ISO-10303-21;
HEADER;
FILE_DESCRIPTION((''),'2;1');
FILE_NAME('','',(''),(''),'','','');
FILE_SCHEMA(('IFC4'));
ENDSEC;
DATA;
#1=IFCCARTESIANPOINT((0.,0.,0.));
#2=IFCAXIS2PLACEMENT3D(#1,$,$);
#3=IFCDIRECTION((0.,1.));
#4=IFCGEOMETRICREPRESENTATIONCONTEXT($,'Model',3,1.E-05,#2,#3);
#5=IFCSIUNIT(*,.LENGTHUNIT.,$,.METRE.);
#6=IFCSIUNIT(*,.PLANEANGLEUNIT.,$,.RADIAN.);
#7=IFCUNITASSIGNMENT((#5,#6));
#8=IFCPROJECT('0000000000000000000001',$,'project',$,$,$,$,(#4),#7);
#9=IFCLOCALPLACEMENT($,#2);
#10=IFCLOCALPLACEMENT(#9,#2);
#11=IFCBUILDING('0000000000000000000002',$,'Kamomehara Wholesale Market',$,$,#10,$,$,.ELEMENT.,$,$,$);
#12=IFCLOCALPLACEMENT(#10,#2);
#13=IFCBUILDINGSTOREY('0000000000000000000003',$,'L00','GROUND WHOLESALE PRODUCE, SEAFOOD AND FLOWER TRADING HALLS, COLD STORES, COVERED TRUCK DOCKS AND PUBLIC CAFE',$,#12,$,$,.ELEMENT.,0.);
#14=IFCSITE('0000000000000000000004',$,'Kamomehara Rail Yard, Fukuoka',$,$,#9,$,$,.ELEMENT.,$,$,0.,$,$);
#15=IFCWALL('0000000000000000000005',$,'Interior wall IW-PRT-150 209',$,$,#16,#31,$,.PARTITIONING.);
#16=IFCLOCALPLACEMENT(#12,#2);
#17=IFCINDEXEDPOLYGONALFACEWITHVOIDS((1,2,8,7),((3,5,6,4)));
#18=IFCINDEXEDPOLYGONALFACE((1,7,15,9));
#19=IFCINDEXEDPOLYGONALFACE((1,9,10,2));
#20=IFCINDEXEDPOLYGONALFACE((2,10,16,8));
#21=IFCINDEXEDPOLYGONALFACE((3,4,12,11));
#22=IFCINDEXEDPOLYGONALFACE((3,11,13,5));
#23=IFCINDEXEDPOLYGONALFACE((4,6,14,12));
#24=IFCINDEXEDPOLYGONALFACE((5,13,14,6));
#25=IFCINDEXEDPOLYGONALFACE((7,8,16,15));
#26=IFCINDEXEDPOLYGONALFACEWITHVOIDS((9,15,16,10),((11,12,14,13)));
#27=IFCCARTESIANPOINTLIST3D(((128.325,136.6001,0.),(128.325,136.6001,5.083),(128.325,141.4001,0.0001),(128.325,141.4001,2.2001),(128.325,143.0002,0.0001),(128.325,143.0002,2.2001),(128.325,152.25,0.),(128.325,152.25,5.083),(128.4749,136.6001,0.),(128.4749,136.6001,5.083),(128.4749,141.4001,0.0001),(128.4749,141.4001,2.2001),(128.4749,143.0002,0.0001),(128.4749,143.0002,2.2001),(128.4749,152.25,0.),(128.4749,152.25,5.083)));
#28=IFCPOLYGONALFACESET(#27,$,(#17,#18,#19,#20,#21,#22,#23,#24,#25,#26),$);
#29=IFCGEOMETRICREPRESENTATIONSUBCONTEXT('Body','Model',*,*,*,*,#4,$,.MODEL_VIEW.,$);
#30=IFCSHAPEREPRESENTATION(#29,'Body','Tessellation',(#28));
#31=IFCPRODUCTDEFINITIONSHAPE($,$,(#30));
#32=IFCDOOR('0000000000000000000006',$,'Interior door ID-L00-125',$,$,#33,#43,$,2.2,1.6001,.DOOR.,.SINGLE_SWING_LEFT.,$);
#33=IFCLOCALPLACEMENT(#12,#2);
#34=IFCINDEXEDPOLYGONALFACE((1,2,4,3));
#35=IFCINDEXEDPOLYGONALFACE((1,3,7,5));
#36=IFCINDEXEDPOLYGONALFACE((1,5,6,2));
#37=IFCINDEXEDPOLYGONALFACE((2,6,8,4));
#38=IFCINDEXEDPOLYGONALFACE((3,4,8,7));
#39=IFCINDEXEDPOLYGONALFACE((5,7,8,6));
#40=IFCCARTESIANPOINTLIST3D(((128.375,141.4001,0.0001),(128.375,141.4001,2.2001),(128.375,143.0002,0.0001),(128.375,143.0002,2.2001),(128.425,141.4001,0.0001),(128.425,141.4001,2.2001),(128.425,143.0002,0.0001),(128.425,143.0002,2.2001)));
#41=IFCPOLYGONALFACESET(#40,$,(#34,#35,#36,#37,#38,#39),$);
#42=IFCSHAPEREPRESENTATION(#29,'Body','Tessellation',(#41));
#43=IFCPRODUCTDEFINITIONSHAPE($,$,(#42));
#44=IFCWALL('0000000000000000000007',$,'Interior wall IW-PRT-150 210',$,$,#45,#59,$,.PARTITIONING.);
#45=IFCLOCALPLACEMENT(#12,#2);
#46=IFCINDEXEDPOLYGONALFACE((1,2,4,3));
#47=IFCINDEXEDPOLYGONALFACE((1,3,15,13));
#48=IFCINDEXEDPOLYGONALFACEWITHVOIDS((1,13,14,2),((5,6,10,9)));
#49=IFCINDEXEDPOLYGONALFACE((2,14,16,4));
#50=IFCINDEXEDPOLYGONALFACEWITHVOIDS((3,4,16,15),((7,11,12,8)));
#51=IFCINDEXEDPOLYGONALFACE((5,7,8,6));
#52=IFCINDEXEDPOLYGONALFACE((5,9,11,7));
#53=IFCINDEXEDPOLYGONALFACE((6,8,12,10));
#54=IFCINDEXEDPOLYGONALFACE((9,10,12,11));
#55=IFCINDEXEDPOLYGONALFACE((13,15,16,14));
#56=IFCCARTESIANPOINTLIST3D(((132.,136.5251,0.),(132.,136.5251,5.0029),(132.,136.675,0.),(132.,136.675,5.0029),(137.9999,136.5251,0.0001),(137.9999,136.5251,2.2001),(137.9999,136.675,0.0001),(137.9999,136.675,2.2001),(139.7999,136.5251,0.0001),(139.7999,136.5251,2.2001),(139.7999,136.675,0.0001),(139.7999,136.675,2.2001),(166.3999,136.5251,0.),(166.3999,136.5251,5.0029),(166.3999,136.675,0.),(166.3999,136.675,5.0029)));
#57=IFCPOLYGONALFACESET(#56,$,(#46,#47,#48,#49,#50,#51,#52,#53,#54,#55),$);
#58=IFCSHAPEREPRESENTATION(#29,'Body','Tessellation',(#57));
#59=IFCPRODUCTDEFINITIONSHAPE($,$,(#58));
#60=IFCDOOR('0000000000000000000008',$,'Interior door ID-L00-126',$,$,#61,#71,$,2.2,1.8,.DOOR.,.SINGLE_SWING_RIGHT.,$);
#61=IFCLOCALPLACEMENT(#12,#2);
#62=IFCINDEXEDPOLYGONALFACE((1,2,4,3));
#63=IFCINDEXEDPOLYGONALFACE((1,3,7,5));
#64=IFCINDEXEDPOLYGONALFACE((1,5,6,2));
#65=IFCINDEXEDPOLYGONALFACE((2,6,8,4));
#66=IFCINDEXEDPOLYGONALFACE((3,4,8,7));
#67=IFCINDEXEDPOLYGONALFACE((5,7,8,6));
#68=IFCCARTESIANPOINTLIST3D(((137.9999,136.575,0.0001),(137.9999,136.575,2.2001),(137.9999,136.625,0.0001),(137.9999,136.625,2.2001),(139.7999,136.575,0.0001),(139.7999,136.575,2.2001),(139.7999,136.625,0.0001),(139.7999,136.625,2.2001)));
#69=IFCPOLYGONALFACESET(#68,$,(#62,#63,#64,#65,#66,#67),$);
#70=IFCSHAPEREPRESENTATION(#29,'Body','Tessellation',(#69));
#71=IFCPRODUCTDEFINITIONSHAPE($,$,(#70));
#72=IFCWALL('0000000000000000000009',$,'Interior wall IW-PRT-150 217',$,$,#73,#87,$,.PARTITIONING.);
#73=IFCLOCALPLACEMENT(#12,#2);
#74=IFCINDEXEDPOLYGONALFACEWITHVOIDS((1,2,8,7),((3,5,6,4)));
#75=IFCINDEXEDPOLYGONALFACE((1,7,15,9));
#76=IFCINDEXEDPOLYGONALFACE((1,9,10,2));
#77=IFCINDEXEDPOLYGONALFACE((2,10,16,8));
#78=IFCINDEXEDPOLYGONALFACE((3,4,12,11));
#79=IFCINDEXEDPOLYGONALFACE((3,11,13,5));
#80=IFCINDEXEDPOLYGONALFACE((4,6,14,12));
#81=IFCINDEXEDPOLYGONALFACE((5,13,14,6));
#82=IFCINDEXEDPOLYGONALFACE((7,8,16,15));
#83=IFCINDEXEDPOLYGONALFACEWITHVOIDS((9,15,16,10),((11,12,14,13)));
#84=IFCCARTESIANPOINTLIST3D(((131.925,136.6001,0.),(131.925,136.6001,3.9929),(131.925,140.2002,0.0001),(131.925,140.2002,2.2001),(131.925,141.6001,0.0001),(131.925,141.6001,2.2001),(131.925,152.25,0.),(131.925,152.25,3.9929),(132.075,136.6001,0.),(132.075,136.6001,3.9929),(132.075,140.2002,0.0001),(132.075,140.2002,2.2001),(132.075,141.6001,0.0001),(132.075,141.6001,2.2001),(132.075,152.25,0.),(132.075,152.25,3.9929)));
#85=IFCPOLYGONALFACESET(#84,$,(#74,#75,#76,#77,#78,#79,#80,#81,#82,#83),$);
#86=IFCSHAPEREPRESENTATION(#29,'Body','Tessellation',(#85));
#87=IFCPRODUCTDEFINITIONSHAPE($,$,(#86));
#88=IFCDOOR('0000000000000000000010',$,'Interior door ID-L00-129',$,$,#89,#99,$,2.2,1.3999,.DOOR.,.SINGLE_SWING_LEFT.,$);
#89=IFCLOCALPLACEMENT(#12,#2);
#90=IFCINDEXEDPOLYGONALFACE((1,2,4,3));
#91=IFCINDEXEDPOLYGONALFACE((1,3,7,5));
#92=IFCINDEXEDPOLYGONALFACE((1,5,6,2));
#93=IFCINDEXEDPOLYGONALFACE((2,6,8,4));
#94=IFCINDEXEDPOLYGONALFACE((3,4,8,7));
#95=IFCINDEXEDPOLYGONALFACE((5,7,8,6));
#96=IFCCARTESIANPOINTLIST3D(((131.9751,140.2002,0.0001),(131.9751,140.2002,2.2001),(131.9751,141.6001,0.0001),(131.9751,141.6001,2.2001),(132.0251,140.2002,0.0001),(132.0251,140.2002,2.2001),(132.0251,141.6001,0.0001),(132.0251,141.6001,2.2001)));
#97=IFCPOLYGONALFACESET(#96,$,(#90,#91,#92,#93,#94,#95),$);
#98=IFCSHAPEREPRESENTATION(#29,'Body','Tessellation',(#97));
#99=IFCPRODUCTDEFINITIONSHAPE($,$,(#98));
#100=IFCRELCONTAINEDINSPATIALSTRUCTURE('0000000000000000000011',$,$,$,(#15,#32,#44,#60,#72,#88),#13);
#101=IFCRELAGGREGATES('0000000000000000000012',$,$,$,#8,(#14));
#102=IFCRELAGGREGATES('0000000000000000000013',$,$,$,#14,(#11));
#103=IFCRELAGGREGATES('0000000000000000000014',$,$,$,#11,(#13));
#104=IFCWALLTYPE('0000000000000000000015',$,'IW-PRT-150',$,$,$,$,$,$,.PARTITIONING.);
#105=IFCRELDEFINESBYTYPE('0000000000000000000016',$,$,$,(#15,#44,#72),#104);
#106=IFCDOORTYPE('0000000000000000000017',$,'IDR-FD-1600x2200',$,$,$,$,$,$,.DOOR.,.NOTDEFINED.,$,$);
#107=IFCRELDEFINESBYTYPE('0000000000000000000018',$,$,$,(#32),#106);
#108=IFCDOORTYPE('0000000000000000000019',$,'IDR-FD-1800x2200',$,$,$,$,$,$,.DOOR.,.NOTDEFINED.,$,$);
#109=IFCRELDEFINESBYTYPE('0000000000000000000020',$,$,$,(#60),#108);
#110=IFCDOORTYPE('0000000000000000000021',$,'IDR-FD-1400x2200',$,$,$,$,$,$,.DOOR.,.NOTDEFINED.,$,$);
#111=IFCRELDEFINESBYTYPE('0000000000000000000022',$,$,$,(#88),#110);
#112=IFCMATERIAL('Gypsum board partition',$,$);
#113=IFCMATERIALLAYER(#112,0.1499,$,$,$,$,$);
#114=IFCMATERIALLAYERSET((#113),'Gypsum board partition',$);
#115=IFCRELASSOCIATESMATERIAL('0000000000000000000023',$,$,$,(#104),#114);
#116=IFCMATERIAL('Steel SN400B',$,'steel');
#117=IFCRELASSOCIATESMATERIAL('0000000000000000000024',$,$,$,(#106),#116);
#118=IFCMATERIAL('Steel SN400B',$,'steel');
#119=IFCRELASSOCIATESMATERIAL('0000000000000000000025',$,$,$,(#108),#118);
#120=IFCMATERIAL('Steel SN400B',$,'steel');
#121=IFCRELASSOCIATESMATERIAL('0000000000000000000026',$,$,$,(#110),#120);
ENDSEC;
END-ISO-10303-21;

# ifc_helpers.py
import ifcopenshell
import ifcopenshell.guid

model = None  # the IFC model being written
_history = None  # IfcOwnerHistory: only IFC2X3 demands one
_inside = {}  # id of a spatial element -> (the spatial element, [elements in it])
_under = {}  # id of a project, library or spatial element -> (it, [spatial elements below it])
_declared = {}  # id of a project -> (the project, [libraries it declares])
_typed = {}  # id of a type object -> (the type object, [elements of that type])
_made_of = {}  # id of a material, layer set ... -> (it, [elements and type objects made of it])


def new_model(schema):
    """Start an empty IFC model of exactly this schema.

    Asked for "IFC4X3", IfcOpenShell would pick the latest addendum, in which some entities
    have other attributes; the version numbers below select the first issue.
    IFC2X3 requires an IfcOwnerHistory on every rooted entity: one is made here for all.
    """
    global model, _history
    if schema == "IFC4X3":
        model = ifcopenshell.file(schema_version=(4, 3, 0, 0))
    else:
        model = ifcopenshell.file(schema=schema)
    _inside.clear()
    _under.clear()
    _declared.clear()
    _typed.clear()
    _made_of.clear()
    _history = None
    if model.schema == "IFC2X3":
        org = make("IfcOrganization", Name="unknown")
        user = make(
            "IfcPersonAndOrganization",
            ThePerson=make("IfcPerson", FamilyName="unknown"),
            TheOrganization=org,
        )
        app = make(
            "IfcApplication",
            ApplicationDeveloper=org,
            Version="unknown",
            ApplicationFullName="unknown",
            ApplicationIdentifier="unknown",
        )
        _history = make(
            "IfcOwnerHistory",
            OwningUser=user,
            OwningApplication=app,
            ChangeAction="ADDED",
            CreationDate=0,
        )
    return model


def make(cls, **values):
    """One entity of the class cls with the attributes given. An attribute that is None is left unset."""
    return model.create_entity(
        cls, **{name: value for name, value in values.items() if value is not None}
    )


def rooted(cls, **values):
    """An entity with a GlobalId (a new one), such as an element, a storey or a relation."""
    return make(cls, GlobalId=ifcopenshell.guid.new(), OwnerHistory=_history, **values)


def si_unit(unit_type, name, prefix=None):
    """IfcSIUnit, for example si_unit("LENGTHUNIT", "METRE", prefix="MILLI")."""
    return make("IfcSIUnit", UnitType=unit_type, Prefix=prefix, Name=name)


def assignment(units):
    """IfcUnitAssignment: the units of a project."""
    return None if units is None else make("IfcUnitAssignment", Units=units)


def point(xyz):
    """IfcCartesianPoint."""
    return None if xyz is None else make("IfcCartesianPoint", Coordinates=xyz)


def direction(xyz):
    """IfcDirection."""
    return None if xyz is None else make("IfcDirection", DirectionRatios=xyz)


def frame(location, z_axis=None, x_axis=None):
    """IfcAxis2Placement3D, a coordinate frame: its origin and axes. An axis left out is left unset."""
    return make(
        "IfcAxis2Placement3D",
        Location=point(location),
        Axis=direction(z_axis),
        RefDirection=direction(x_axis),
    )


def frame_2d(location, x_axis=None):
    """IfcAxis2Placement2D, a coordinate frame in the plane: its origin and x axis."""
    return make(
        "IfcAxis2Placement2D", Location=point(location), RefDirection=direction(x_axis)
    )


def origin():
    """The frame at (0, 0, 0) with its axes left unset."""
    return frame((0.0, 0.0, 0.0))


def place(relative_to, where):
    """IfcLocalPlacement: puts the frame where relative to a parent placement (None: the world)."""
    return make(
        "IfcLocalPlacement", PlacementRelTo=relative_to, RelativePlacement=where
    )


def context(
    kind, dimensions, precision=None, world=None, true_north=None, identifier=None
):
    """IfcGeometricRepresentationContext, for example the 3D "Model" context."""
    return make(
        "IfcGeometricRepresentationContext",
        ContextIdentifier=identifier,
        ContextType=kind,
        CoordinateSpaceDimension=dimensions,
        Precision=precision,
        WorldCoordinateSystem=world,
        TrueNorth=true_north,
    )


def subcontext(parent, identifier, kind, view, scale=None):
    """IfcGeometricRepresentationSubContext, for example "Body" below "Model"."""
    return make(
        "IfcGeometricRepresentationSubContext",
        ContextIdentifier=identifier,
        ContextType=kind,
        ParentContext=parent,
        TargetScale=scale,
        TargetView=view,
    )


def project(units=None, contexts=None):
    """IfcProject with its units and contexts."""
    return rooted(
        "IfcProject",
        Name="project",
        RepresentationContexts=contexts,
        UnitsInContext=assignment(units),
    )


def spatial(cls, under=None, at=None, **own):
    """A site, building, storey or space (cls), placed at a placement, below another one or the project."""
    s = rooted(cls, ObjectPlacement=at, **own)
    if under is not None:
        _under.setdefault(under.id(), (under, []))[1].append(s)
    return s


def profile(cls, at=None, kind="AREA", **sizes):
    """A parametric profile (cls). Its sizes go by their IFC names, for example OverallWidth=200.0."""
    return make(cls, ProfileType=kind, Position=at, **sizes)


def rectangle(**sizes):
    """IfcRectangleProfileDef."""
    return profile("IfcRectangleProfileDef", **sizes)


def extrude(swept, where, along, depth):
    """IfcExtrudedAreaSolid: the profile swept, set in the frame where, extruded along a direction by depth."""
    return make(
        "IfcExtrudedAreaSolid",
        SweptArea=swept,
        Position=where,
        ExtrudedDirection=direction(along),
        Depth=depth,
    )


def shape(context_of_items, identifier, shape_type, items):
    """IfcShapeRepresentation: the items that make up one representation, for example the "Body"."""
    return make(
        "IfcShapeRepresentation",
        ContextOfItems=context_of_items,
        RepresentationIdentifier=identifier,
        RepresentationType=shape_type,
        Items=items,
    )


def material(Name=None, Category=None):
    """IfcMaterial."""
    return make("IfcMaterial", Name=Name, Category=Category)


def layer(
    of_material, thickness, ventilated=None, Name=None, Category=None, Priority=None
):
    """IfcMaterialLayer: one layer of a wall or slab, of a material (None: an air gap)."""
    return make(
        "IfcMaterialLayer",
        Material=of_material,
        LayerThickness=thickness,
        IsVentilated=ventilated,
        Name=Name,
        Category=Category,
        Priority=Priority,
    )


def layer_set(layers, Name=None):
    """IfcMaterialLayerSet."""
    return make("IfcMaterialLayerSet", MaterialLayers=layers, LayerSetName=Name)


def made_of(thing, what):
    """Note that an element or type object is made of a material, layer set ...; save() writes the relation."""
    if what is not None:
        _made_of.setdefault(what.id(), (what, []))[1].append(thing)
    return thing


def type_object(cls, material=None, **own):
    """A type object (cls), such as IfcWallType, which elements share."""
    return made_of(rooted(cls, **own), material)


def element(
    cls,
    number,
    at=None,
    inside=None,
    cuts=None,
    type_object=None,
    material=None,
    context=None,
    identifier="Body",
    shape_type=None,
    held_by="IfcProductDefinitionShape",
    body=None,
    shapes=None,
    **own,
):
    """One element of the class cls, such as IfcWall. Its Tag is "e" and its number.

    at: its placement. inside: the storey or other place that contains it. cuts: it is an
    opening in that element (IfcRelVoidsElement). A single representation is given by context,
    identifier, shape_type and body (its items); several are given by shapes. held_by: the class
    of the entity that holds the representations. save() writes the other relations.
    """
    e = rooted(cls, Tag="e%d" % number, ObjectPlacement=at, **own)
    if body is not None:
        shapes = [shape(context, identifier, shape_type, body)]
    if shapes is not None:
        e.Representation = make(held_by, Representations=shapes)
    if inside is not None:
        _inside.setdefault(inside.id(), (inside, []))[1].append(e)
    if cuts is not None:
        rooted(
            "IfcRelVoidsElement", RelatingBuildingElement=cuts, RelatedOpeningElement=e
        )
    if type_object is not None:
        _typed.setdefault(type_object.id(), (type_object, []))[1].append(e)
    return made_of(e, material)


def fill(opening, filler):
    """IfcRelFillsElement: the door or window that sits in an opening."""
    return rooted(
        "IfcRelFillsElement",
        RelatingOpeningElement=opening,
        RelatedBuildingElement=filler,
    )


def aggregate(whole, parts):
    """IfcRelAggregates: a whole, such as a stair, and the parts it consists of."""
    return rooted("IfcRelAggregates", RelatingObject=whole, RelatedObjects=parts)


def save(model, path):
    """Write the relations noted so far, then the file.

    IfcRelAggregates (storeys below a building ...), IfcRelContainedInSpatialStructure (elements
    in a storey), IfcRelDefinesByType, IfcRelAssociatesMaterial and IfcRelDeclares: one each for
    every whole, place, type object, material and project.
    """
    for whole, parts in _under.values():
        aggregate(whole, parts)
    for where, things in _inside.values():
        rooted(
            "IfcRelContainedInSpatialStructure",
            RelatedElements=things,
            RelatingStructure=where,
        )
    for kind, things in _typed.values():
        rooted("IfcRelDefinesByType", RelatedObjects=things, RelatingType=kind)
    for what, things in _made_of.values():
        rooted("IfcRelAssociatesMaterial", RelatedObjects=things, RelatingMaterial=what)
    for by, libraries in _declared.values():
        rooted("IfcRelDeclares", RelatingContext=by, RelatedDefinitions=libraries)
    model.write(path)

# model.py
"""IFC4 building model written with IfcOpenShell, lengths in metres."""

from ifc_helpers import new_model, si_unit, direction, frame, frame_2d, origin, place, context, subcontext, project, spatial, rectangle, extrude, material, layer, layer_set, type_object, element, fill, save


model = new_model("IFC4")

# Units and contexts
model_context = context("Model", 3, precision=1e-05, world=origin(), true_north=direction((0.0, 1.0)))
body_context = subcontext(model_context, "Body", "Model", "MODEL_VIEW")
ifc_project = project(units=[si_unit("LENGTHUNIT", "METRE"), si_unit("PLANEANGLEUNIT", "RADIAN")], contexts=[model_context])

# Site, building, storey
site_placement = place(None, origin())
site = spatial("IfcSite", under=ifc_project, at=site_placement, Name="Kamomehara Rail Yard, Fukuoka", CompositionType="ELEMENT", RefElevation=0.0)
building_placement = place(site_placement, origin())
building = spatial("IfcBuilding", under=site, at=building_placement, Name="Kamomehara Wholesale Market", CompositionType="ELEMENT")
storey_placement = place(building_placement, origin())
storey = spatial("IfcBuildingStorey", under=building, at=storey_placement, Name="L00", Description="GROUND WHOLESALE PRODUCE, SEAFOOD AND FLOWER TRADING HALLS, COLD STORES, COVERED TRUCK DOCKS AND PUBLIC CAFE", CompositionType="ELEMENT", Elevation=0.0)

# Walls, openings, doors
ifc_material_1 = material(Name="Gypsum board partition")
ifc_layer = layer(ifc_material_1, 0.1499)
ifc_layer_set = layer_set([ifc_layer], Name="Gypsum board partition")
wall_type = type_object("IfcWallType", Name="IW-PRT-150", PredefinedType="PARTITIONING", material=ifc_layer_set)
wall_1_placement = place(storey_placement, frame((128.3999, 136.6001, 0.0), z_axis=(0.0, 0.0, 1.0), x_axis=(0.0, 1.0, 0.0)))
wall_1 = element("IfcWall", 1, at=wall_1_placement, inside=storey, type_object=wall_type, Name="Interior wall IW-PRT-150 209", PredefinedType="PARTITIONING", context=body_context, shape_type="SweptSolid", body=[
    extrude(rectangle(XDim=15.6499, YDim=0.1499, at=frame_2d((7.825, 0.0))), origin(), (0.0, 0.0, 1.0), 5.083),
])
opening_1_placement = place(wall_1_placement, frame((4.8, 0.0, 0.0)))
opening_1 = element("IfcOpeningElement", 2, at=opening_1_placement, cuts=wall_1, PredefinedType="OPENING", context=body_context, shape_type="SweptSolid", body=[
    extrude(rectangle(XDim=1.6001, YDim=2.2, at=frame_2d((0.8, 1.1001))), frame((0.0, 0.0898, 0.0), z_axis=(0.0, -1.0, 0.0), x_axis=(1.0, 0.0, 0.0)), (0.0, 0.0, 1.0), 0.1797),
])
ifc_material_2 = material(Name="Steel SN400B", Category="steel")
door_type_1 = type_object("IfcDoorType", Name="IDR-FD-1600x2200", OperationType="NOTDEFINED", PredefinedType="DOOR", material=ifc_material_2)
door_1_placement = place(opening_1_placement, origin())
door_1 = element("IfcDoor", 3, at=door_1_placement, inside=storey, type_object=door_type_1, Name="Interior door ID-L00-125", OperationType="SINGLE_SWING_LEFT", OverallHeight=2.2, OverallWidth=1.6001, PredefinedType="DOOR", context=body_context, shape_type="SweptSolid", body=[
    extrude(rectangle(XDim=1.6001, YDim=2.2, at=frame_2d((0.8, 1.1001))), frame((0.0, 0.0249, 0.0), z_axis=(0.0, -1.0, 0.0), x_axis=(1.0, 0.0, 0.0)), (0.0, 0.0, 1.0), 0.05),
])
fill(opening_1, door_1)
wall_2_placement = place(storey_placement, frame((132.0, 136.6001, 0.0), z_axis=(0.0, 0.0, 1.0), x_axis=(1.0, 0.0, 0.0)))
wall_2 = element("IfcWall", 4, at=wall_2_placement, inside=storey, type_object=wall_type, Name="Interior wall IW-PRT-150 210", PredefinedType="PARTITIONING", context=body_context, shape_type="SweptSolid", body=[
    extrude(rectangle(XDim=34.3999, YDim=0.1499, at=frame_2d((17.2, 0.0))), origin(), (0.0, 0.0, 1.0), 5.0029),
])
opening_2_placement = place(wall_2_placement, frame((6.0, 0.0, 0.0)))
opening_2 = element("IfcOpeningElement", 5, at=opening_2_placement, cuts=wall_2, PredefinedType="OPENING", context=body_context, shape_type="SweptSolid", body=[
    extrude(rectangle(XDim=1.8, YDim=2.2, at=frame_2d((0.8999, 1.1001))), frame((0.0, 0.0898, 0.0), z_axis=(0.0, -1.0, 0.0), x_axis=(1.0, 0.0, 0.0)), (0.0, 0.0, 1.0), 0.1797),
])
ifc_material_3 = material(Name="Steel SN400B", Category="steel")
door_type_2 = type_object("IfcDoorType", Name="IDR-FD-1800x2200", OperationType="NOTDEFINED", PredefinedType="DOOR", material=ifc_material_3)
door_2_placement = place(opening_2_placement, origin())
door_2 = element("IfcDoor", 6, at=door_2_placement, inside=storey, type_object=door_type_2, Name="Interior door ID-L00-126", OperationType="SINGLE_SWING_RIGHT", OverallHeight=2.2, OverallWidth=1.8, PredefinedType="DOOR", context=body_context, shape_type="SweptSolid", body=[
    extrude(rectangle(XDim=1.8, YDim=2.2, at=frame_2d((0.8999, 1.1001))), frame((0.0, 0.0249, 0.0), z_axis=(0.0, -1.0, 0.0), x_axis=(1.0, 0.0, 0.0)), (0.0, 0.0, 1.0), 0.05),
])
fill(opening_2, door_2)
wall_3_placement = place(storey_placement, frame((132.0, 136.6001, 0.0), z_axis=(0.0, 0.0, 1.0), x_axis=(0.0, 1.0, 0.0)))
wall_3 = element("IfcWall", 7, at=wall_3_placement, inside=storey, type_object=wall_type, Name="Interior wall IW-PRT-150 217", PredefinedType="PARTITIONING", context=body_context, shape_type="SweptSolid", body=[
    extrude(rectangle(XDim=15.6499, YDim=0.1499, at=frame_2d((7.825, 0.0))), origin(), (0.0, 0.0, 1.0), 3.9929),
])
opening_3_placement = place(wall_3_placement, frame((3.6001, 0.0, 0.0)))
opening_3 = element("IfcOpeningElement", 8, at=opening_3_placement, cuts=wall_3, PredefinedType="OPENING", context=body_context, shape_type="SweptSolid", body=[
    extrude(rectangle(XDim=1.3999, YDim=2.2, at=frame_2d((0.7, 1.1001))), frame((0.0, 0.0898, 0.0), z_axis=(0.0, -1.0, 0.0), x_axis=(1.0, 0.0, 0.0)), (0.0, 0.0, 1.0), 0.1797),
])
ifc_material_4 = material(Name="Steel SN400B", Category="steel")
door_type_3 = type_object("IfcDoorType", Name="IDR-FD-1400x2200", OperationType="NOTDEFINED", PredefinedType="DOOR", material=ifc_material_4)
door_3_placement = place(opening_3_placement, origin())
door_3 = element("IfcDoor", 9, at=door_3_placement, inside=storey, type_object=door_type_3, Name="Interior door ID-L00-129", OperationType="SINGLE_SWING_LEFT", OverallHeight=2.2, OverallWidth=1.3999, PredefinedType="DOOR", context=body_context, shape_type="SweptSolid", body=[
    extrude(rectangle(XDim=1.3999, YDim=2.2, at=frame_2d((0.7, 1.1001))), frame((0.0, 0.0249, 0.0), z_axis=(0.0, -1.0, 0.0), x_axis=(1.0, 0.0, 0.0)), (0.0, 0.0, 1.0), 0.05),
])
fill(opening_3, door_3)

save(model, "model.ifc")
